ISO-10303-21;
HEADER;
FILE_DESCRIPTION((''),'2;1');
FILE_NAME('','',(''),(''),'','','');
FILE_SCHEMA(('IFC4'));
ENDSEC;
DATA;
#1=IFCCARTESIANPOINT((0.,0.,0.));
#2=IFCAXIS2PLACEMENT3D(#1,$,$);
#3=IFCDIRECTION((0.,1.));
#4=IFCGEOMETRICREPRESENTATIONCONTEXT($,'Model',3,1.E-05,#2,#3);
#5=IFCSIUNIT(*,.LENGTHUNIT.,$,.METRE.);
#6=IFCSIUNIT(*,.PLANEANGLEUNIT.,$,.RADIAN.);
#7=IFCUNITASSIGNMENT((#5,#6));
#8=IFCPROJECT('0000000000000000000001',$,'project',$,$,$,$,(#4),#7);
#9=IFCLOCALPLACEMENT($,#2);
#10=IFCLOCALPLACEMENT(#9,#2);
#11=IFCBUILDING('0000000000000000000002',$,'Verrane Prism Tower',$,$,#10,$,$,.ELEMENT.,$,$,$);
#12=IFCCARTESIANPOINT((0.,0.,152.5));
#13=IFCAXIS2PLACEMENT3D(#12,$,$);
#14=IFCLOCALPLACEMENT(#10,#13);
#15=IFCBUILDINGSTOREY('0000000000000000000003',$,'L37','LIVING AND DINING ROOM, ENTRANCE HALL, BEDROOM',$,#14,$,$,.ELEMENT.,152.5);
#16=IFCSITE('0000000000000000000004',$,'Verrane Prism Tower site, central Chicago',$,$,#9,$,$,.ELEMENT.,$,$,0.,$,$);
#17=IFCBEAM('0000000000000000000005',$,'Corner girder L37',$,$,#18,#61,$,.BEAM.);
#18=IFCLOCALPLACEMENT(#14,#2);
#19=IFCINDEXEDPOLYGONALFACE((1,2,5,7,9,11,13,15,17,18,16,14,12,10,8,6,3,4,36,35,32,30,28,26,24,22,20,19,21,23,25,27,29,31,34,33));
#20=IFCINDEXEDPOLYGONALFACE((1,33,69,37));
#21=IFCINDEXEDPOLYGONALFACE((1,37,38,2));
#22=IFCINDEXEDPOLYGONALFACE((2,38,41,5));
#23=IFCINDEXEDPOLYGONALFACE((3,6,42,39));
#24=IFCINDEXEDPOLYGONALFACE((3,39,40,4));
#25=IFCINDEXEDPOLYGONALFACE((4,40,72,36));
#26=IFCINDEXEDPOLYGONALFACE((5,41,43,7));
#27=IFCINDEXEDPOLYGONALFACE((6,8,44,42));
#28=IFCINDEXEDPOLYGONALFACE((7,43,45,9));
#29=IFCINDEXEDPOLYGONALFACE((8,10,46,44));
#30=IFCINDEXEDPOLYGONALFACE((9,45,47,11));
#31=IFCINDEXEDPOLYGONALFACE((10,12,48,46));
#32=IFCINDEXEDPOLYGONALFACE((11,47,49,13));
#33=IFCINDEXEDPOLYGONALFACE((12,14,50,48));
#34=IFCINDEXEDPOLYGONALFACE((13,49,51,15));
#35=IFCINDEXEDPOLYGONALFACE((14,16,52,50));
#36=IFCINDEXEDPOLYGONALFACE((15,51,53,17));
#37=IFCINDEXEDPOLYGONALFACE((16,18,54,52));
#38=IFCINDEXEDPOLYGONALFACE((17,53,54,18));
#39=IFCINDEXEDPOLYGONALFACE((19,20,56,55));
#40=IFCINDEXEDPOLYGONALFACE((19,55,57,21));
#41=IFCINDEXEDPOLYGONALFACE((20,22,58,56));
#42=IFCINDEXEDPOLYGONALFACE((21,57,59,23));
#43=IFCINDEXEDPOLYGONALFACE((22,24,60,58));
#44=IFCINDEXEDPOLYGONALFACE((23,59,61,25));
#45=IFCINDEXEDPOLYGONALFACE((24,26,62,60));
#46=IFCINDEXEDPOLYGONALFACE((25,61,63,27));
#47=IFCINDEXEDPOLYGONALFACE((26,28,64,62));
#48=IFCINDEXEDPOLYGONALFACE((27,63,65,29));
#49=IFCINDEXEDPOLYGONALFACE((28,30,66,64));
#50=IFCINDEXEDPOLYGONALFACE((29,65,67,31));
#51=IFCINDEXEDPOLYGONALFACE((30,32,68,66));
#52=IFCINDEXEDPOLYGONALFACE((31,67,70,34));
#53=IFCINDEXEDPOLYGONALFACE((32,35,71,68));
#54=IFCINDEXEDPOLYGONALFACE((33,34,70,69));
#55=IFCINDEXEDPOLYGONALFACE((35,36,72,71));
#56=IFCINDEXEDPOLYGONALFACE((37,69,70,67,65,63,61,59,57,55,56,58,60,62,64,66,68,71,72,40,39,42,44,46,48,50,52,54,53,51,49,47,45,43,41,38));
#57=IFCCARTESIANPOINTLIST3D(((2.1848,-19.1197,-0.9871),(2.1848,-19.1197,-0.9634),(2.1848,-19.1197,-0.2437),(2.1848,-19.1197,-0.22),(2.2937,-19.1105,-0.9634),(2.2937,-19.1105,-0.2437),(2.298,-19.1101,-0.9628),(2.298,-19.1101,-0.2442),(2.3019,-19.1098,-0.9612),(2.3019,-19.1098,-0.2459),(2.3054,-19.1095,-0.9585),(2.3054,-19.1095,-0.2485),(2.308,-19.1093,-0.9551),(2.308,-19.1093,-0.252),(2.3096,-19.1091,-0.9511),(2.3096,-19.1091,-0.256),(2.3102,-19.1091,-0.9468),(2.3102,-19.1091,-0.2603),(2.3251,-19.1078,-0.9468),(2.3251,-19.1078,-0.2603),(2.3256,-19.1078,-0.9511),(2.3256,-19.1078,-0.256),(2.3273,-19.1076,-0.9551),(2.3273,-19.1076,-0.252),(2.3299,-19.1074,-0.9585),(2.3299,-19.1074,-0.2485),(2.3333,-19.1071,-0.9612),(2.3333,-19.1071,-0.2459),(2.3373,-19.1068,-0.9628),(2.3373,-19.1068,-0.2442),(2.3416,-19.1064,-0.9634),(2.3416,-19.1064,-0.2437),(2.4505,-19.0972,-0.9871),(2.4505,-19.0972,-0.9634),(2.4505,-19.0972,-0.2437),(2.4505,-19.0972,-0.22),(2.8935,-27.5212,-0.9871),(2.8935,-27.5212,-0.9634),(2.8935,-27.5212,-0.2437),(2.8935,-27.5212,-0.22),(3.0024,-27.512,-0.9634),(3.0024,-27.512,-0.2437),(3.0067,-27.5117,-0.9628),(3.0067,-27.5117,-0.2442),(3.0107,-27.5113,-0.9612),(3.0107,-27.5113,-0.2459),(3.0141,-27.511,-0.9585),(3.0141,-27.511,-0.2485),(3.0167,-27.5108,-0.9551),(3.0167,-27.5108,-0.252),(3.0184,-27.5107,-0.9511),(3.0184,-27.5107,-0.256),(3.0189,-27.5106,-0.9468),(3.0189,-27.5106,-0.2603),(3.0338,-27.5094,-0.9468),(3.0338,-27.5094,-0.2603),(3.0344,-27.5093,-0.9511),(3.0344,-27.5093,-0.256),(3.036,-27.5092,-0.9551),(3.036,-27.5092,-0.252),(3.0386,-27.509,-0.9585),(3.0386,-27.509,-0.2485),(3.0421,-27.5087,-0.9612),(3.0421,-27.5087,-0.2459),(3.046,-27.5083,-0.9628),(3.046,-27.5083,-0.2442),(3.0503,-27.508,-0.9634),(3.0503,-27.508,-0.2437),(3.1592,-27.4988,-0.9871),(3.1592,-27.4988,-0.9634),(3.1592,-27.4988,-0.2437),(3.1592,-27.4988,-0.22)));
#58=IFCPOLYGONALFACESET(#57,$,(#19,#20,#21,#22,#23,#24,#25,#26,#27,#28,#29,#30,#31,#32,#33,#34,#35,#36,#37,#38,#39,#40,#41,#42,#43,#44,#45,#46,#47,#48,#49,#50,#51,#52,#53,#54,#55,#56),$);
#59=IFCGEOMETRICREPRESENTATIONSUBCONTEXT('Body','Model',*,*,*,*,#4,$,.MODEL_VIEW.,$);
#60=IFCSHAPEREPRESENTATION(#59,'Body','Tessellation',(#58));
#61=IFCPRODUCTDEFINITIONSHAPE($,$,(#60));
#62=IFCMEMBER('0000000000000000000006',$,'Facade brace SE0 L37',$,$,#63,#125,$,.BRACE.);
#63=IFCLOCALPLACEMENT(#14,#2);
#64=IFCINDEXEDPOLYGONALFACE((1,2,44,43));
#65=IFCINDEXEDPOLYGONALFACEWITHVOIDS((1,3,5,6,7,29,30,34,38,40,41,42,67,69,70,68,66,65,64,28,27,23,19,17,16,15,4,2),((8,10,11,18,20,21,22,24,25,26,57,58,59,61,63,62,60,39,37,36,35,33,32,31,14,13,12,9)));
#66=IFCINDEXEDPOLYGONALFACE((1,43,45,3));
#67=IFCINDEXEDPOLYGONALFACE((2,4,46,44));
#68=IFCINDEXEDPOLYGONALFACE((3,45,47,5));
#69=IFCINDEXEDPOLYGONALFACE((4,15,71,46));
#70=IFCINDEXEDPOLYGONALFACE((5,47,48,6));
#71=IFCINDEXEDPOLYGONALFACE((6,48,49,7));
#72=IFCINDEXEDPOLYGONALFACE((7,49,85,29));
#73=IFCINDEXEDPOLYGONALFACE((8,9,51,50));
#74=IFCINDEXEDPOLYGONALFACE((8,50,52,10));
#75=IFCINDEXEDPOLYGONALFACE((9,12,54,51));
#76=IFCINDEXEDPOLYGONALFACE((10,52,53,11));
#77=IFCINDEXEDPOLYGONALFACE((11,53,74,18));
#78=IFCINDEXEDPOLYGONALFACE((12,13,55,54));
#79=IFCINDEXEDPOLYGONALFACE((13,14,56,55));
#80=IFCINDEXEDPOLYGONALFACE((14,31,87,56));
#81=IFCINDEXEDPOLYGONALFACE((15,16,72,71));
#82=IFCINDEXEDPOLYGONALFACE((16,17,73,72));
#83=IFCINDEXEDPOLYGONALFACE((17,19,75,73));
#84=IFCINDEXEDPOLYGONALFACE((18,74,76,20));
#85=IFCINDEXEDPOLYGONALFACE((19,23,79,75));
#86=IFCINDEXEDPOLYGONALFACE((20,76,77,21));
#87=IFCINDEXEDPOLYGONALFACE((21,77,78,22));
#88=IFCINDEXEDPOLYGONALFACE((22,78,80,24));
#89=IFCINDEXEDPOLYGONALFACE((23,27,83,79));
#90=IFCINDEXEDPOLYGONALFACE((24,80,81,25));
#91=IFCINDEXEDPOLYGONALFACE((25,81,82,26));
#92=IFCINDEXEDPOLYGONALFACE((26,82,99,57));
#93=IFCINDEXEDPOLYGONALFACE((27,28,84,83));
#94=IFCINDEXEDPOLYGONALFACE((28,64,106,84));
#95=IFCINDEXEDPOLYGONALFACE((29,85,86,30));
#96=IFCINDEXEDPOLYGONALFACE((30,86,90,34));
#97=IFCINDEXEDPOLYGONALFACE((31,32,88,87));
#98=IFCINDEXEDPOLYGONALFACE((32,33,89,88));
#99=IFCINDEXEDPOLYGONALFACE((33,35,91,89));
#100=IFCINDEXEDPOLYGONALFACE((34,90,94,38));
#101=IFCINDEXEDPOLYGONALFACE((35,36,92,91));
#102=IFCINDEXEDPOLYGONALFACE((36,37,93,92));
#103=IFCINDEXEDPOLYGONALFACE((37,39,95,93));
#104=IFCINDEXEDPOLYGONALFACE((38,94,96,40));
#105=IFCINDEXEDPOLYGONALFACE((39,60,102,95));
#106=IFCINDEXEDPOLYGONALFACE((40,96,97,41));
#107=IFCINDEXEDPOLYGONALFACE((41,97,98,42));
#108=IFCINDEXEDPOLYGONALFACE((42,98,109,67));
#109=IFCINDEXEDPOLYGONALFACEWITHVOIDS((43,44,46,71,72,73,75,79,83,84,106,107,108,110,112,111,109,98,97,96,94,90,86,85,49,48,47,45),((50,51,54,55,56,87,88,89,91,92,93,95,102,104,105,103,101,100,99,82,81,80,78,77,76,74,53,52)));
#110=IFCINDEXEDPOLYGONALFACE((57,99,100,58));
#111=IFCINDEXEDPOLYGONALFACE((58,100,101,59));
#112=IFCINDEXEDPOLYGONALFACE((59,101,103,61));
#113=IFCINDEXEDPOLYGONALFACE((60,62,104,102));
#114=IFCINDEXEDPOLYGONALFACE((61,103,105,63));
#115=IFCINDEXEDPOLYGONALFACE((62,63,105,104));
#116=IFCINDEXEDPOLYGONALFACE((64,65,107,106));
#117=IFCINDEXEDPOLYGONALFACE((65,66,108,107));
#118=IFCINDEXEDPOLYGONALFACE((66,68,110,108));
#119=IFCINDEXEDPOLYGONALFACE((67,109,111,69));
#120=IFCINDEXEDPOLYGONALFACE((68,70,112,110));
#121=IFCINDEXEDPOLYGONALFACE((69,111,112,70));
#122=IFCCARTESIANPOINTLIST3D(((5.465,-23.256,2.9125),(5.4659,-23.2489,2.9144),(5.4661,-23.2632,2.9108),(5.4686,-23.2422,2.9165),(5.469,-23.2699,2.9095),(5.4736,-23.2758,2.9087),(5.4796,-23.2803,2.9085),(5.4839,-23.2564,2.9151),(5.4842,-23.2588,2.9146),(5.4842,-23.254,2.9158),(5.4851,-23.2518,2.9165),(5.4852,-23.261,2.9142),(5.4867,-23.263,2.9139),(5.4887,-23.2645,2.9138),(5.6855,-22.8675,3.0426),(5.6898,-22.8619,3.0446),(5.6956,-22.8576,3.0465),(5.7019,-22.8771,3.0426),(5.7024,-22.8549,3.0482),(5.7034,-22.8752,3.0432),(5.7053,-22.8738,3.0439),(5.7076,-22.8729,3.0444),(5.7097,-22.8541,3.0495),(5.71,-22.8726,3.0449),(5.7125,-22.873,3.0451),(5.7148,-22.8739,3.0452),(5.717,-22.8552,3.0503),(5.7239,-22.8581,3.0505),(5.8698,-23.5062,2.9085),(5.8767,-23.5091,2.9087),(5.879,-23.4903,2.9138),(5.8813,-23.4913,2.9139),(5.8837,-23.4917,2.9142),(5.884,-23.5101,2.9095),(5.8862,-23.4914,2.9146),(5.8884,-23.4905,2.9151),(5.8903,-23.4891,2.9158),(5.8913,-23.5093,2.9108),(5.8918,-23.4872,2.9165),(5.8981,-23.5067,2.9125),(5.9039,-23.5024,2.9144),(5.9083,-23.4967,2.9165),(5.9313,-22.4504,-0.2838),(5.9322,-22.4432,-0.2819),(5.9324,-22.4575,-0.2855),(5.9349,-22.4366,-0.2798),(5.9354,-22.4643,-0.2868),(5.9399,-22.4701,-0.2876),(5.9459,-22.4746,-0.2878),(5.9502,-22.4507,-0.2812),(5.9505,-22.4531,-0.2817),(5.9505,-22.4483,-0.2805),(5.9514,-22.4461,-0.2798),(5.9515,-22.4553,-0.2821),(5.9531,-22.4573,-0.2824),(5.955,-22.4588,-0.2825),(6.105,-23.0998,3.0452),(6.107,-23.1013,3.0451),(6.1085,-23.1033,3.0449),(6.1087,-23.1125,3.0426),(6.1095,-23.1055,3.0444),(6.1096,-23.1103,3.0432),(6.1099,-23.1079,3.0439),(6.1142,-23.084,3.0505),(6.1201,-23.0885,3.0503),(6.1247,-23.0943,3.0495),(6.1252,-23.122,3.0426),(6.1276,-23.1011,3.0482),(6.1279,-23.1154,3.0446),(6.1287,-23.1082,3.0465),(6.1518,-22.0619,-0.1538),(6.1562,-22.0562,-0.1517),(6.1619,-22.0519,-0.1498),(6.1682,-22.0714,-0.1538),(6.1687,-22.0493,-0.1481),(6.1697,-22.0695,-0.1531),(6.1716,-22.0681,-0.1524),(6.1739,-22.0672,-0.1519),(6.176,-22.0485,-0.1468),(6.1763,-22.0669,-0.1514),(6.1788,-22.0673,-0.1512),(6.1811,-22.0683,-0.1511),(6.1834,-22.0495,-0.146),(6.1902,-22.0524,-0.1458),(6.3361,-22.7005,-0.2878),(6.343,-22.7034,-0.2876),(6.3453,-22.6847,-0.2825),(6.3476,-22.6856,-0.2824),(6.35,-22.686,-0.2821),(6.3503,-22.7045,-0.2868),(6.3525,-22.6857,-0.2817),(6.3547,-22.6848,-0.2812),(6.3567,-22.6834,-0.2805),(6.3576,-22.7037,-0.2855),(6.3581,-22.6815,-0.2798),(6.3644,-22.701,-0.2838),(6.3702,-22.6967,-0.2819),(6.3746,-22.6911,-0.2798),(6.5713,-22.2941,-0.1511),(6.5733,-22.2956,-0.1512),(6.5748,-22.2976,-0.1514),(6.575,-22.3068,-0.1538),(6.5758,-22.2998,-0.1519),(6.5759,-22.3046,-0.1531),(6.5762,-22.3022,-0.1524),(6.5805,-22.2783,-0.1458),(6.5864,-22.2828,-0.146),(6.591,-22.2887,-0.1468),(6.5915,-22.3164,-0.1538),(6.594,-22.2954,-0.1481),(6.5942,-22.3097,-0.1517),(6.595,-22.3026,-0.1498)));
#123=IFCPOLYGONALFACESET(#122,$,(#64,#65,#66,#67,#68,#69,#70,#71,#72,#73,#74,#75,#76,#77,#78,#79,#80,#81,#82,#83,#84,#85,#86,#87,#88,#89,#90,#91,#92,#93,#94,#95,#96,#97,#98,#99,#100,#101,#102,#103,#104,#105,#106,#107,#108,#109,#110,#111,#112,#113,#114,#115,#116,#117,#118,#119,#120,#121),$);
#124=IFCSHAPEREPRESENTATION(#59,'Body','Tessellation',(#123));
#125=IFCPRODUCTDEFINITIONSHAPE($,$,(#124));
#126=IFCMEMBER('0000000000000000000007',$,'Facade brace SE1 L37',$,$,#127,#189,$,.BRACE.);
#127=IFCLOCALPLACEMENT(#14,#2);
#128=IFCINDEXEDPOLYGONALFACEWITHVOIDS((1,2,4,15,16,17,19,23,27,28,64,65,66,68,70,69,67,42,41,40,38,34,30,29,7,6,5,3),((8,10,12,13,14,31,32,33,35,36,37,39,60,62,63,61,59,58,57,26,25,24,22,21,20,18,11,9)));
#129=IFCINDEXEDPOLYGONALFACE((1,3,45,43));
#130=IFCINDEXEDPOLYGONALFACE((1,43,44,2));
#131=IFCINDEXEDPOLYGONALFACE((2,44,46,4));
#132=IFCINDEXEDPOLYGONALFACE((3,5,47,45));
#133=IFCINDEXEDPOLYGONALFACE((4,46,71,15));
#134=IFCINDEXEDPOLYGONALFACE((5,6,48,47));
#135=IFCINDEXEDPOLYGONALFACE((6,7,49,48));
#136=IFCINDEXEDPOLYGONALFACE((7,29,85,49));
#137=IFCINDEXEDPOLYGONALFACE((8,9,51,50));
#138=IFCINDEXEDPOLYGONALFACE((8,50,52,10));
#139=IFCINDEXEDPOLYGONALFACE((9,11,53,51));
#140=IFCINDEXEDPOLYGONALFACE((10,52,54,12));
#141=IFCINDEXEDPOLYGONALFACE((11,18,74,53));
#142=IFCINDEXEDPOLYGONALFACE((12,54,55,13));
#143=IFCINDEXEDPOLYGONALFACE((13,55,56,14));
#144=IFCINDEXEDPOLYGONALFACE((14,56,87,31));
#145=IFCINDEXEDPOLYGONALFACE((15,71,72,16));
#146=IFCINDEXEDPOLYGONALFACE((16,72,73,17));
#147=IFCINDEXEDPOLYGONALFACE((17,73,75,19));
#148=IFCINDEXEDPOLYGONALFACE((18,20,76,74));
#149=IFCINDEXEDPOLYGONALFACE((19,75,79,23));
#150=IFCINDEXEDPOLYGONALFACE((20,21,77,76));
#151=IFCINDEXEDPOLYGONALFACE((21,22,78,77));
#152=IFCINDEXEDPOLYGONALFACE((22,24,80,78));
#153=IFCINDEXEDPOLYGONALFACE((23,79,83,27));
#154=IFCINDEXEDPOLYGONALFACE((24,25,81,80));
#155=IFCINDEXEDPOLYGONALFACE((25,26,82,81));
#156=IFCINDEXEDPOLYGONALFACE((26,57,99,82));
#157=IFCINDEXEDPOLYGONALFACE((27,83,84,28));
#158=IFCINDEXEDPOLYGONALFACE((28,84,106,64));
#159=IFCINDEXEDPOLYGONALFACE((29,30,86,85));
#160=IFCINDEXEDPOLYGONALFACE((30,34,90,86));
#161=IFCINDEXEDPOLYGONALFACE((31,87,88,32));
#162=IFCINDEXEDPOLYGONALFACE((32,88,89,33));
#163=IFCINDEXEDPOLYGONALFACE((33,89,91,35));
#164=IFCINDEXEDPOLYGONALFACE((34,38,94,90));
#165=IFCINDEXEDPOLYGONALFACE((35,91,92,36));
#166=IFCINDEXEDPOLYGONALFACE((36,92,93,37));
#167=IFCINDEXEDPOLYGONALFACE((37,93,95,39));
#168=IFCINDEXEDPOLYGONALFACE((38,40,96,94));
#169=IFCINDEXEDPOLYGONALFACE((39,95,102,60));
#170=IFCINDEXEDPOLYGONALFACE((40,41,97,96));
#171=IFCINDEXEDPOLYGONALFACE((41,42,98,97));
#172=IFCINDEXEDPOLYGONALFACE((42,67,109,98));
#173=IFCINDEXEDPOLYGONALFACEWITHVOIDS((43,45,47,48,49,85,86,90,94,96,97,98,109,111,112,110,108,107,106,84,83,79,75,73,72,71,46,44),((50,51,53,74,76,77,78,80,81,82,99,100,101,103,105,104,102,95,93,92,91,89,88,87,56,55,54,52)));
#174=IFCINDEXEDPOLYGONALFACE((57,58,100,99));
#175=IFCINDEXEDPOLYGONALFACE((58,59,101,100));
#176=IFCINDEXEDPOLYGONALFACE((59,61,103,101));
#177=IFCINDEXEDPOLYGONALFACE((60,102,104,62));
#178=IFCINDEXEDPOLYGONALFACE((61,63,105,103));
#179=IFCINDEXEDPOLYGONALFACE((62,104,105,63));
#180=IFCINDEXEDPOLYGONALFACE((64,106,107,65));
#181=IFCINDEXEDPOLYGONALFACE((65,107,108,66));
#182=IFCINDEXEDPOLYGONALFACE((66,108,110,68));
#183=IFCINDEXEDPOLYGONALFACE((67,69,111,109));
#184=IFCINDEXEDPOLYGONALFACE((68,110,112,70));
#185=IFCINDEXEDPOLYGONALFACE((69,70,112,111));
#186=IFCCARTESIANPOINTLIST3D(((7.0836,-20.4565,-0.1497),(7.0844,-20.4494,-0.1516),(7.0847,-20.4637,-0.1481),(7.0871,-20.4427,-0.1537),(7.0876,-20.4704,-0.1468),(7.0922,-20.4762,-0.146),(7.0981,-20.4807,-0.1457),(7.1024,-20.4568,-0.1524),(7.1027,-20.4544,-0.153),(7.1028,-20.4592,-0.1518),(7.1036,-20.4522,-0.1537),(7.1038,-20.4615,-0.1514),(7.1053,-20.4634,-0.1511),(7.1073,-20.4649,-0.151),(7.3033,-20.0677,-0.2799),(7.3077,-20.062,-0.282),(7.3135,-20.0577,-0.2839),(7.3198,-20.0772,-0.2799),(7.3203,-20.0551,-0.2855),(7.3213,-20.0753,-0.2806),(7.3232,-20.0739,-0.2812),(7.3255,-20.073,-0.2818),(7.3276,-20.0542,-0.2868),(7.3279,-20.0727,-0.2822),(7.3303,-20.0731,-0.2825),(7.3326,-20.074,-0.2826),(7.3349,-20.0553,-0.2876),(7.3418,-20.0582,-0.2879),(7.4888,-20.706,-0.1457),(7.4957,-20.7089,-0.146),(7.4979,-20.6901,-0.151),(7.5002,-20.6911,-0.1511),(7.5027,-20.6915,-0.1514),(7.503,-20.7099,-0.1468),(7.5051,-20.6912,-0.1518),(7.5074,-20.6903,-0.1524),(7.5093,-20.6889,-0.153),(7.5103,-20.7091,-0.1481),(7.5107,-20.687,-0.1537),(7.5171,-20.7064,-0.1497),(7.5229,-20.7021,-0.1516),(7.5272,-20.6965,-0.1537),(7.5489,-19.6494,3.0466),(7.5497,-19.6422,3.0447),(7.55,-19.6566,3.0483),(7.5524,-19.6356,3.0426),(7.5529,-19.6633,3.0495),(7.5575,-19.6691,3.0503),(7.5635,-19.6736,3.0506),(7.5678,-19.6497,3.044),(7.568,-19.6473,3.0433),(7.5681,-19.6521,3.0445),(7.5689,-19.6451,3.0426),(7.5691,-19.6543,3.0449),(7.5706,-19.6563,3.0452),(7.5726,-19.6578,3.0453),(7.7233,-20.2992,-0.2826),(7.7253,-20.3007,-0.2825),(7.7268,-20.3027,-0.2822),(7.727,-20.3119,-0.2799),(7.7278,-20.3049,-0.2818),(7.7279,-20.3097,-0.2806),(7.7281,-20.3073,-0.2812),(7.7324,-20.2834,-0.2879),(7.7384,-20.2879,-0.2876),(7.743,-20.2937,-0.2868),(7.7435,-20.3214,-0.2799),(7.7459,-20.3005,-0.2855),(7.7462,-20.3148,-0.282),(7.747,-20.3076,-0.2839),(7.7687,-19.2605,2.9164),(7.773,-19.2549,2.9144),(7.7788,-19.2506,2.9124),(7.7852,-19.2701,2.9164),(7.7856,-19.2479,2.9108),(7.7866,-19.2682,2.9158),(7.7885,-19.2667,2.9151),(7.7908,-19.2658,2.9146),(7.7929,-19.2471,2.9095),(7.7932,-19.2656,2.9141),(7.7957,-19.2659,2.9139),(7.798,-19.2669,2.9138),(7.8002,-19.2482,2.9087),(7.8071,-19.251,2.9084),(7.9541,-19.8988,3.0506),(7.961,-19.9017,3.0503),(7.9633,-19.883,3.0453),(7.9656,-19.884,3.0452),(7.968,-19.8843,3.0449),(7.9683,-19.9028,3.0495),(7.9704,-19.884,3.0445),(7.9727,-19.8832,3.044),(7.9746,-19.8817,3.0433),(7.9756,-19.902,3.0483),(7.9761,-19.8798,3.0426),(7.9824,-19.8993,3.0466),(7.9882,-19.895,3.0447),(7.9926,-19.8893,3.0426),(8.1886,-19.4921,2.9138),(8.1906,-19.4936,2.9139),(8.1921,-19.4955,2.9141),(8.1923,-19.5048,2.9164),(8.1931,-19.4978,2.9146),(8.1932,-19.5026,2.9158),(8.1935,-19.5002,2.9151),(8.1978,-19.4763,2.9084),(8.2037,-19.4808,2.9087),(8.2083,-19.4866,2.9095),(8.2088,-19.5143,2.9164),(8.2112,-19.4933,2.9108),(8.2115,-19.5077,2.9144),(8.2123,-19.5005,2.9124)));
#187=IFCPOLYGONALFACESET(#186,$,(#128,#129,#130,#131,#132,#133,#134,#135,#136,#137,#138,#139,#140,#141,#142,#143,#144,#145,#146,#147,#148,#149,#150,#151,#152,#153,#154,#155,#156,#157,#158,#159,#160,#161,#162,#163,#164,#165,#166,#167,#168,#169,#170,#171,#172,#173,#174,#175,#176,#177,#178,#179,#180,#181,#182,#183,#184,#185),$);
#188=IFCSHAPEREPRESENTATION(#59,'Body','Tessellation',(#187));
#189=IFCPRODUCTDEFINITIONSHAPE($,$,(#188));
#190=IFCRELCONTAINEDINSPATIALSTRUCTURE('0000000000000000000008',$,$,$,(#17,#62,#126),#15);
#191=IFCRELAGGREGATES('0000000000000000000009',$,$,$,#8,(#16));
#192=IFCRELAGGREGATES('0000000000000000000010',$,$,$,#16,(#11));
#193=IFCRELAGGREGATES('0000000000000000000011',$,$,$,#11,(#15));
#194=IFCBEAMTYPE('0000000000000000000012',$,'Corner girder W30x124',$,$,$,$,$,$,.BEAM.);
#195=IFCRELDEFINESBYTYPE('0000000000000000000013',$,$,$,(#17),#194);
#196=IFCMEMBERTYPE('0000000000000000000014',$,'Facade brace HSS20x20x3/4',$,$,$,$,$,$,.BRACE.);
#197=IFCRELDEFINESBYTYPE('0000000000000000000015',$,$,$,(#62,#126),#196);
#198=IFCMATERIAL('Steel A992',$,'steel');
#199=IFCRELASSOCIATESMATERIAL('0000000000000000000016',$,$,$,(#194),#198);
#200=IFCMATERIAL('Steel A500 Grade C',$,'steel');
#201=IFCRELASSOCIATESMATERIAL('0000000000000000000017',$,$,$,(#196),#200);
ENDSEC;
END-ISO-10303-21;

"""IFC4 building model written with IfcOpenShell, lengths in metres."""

from ifc_helpers import new_model, si_unit, direction, frame, origin, origin_2d, place, context, subcontext, project, spatial, hollow_rectangle, i_section, extrude, material, material_profile, profile_set, type_object, element, save


model = new_model("IFC4")

# Units and contexts
model_context = context("Model", 3, precision=1e-05, world=origin(), true_north=direction((0.0, 1.0)))
body_context = subcontext(model_context, "Body", "Model", "MODEL_VIEW")
ifc_project = project(units=[si_unit("LENGTHUNIT", "METRE"), si_unit("PLANEANGLEUNIT", "RADIAN")], contexts=[model_context])

# Site, building, storey
site_placement = place(None, origin())
site = spatial("IfcSite", under=ifc_project, at=site_placement, Name="Verrane Prism Tower site, central Chicago", CompositionType="ELEMENT", RefElevation=0.0)
building_placement = place(site_placement, origin())
building = spatial("IfcBuilding", under=site, at=building_placement, Name="Verrane Prism Tower", CompositionType="ELEMENT")
storey_placement = place(building_placement, frame((0.0, 0.0, 152.5)))
storey = spatial("IfcBuildingStorey", under=building, at=storey_placement, Name="L37", Description="LIVING AND DINING ROOM, ENTRANCE HALL, BEDROOM", CompositionType="ELEMENT", Elevation=152.5)

# Beam
ifc_material_1 = material(Name="Steel A992", Category="steel")
ifc_material_profile_1 = material_profile(ifc_material_1, i_section(OverallWidth=0.2666, OverallDepth=0.7671, WebThickness=0.0149, FlangeThickness=0.0237, FilletRadius=0.0166, at=origin_2d()), Name="W30x124")
ifc_profile_set_1 = profile_set([ifc_material_profile_1], Name="Steel A992")
beam_type_1 = type_object("IfcBeamType", Name="Corner girder W30x124", PredefinedType="BEAM", material=ifc_profile_set_1)
beam_1_placement = place(storey_placement, frame((3.0264, -27.51, -0.6035), z_axis=(-0.084059, 0.996461, 0.0), x_axis=(-0.996461, -0.084059, 0.0)))
element("IfcBeam", 1, at=beam_1_placement, inside=storey, type_object=beam_type_1, Name="Corner girder L37", PredefinedType="BEAM", context=body_context, shape_type="SweptSolid", body=[
    extrude(i_section(OverallWidth=0.2666, OverallDepth=0.7671, WebThickness=0.0149, FlangeThickness=0.0237, FilletRadius=0.0166, at=origin_2d()), origin(), (0.0, 0.0, 1.0), 8.4314),
])

# Members
ifc_material_2 = material(Name="Steel A500 Grade C", Category="steel")
ifc_material_profile_2 = material_profile(ifc_material_2, hollow_rectangle(XDim=0.5081, YDim=0.5081, WallThickness=0.019, InnerFilletRadius=0.0095, OuterFilletRadius=0.0286, at=origin_2d()), Name="HSS20x20x3/4")
ifc_profile_set_2 = profile_set([ifc_material_profile_2], Name="Steel A500 Grade C")
member_type_1 = type_object("IfcMemberType", Name="Facade brace HSS20x20x3/4", PredefinedType="BRACE", material=ifc_profile_set_2)
member_1_placement = place(storey_placement, frame((6.2632, -22.3765, -0.2168), z_axis=(-0.140071, -0.242008, 0.960111), x_axis=(0.865486, -0.500933, 0.0)))
element("IfcMember", 2, at=member_1_placement, inside=storey, type_object=member_type_1, Name="Facade brace SE0 L37", PredefinedType="BRACE", context=body_context, shape_type="SweptSolid", body=[
    extrude(hollow_rectangle(XDim=0.5081, YDim=0.5081, WallThickness=0.019, InnerFilletRadius=0.0095, OuterFilletRadius=0.0286, at=origin_2d()), origin(), (0.0, 0.0, 1.0), 3.3291),
])
member_2_placement = place(storey_placement, frame((7.4153, -20.3821, -0.2168), z_axis=(0.139769, 0.242432, 0.960048), x_axis=(-0.866334, 0.499465, 0.0)))
element("IfcMember", 3, at=member_2_placement, inside=storey, type_object=member_type_1, Name="Facade brace SE1 L37", PredefinedType="BRACE", context=body_context, shape_type="SweptSolid", body=[
    extrude(hollow_rectangle(XDim=0.5081, YDim=0.5081, WallThickness=0.019, InnerFilletRadius=0.0095, OuterFilletRadius=0.0286, at=origin_2d()), origin(), (0.0, 0.0, 1.0), 3.3293),
])

save(model, "model.ifc")
